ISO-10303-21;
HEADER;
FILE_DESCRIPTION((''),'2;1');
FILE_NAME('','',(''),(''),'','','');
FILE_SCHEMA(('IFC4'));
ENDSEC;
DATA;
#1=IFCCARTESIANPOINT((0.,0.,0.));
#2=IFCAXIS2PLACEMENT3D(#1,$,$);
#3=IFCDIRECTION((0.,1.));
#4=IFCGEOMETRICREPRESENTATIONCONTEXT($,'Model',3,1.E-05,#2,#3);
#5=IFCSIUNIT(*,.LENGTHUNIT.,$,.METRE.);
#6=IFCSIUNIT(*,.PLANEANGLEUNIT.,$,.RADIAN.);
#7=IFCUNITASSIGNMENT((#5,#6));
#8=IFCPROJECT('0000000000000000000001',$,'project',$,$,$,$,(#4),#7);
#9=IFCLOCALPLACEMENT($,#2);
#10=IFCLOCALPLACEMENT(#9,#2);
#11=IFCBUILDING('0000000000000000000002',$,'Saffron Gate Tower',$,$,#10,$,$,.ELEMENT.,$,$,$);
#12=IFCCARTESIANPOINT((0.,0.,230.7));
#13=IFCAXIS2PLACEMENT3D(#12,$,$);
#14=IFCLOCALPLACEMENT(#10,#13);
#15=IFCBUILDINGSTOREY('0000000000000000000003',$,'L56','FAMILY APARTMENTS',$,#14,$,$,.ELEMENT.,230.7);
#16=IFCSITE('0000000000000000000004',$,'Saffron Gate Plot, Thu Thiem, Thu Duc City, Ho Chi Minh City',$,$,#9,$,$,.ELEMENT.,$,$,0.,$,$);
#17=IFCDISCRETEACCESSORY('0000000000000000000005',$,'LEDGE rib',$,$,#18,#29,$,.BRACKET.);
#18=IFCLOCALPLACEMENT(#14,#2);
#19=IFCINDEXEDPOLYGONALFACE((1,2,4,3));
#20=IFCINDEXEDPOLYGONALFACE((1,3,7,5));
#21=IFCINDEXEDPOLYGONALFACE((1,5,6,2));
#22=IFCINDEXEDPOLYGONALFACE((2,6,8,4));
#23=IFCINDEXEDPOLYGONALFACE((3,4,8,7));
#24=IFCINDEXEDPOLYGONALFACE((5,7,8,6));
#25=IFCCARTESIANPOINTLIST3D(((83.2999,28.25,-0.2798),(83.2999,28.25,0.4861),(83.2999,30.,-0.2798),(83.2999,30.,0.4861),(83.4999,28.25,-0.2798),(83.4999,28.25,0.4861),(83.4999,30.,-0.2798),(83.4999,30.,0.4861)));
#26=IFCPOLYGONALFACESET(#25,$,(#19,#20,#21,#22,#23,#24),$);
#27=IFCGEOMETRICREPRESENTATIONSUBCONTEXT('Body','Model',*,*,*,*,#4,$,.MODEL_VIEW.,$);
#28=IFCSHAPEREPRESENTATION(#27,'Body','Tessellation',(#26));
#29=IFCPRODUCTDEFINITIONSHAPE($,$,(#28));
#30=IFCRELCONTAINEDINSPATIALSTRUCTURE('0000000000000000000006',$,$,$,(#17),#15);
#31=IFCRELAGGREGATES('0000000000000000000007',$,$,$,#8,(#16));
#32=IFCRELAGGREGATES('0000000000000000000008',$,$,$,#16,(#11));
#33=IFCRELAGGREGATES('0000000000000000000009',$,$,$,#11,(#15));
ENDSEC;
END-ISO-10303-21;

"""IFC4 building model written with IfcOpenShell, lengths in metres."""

from ifc_helpers import new_model, si_unit, direction, frame, origin, origin_2d, place, context, subcontext, project, spatial, rectangle, extrude, element, save


model = new_model("IFC4")

# Units and contexts
model_context = context("Model", 3, precision=1e-05, world=origin(), true_north=direction((0.0, 1.0)))
body_context = subcontext(model_context, "Body", "Model", "MODEL_VIEW")
ifc_project = project(units=[si_unit("LENGTHUNIT", "METRE"), si_unit("PLANEANGLEUNIT", "RADIAN")], contexts=[model_context])

# Site, building, storey
site_placement = place(None, origin())
site = spatial("IfcSite", under=ifc_project, at=site_placement, Name="Saffron Gate Plot, Thu Thiem, Thu Duc City, Ho Chi Minh City", CompositionType="ELEMENT", RefElevation=0.0)
building_placement = place(site_placement, origin())
building = spatial("IfcBuilding", under=site, at=building_placement, Name="Saffron Gate Tower", CompositionType="ELEMENT")
storey_placement = place(building_placement, frame((0.0, 0.0, 230.7)))
storey = spatial("IfcBuildingStorey", under=building, at=storey_placement, Name="L56", Description="FAMILY APARTMENTS", CompositionType="ELEMENT", Elevation=230.7)

# Discrete accessory
discrete_accessory_placement = place(storey_placement, frame((83.3999, 29.125, -0.2798), z_axis=(0.0, 0.0, 1.0), x_axis=(1.0, 0.0, 0.0)))
element("IfcDiscreteAccessory", 1, at=discrete_accessory_placement, inside=storey, Name="LEDGE rib", PredefinedType="BRACKET", context=body_context, shape_type="SweptSolid", body=[
    extrude(rectangle(XDim=0.2, YDim=1.75, at=origin_2d()), origin(), (0.0, 0.0, 1.0), 0.7659),
])

save(model, "model.ifc")
